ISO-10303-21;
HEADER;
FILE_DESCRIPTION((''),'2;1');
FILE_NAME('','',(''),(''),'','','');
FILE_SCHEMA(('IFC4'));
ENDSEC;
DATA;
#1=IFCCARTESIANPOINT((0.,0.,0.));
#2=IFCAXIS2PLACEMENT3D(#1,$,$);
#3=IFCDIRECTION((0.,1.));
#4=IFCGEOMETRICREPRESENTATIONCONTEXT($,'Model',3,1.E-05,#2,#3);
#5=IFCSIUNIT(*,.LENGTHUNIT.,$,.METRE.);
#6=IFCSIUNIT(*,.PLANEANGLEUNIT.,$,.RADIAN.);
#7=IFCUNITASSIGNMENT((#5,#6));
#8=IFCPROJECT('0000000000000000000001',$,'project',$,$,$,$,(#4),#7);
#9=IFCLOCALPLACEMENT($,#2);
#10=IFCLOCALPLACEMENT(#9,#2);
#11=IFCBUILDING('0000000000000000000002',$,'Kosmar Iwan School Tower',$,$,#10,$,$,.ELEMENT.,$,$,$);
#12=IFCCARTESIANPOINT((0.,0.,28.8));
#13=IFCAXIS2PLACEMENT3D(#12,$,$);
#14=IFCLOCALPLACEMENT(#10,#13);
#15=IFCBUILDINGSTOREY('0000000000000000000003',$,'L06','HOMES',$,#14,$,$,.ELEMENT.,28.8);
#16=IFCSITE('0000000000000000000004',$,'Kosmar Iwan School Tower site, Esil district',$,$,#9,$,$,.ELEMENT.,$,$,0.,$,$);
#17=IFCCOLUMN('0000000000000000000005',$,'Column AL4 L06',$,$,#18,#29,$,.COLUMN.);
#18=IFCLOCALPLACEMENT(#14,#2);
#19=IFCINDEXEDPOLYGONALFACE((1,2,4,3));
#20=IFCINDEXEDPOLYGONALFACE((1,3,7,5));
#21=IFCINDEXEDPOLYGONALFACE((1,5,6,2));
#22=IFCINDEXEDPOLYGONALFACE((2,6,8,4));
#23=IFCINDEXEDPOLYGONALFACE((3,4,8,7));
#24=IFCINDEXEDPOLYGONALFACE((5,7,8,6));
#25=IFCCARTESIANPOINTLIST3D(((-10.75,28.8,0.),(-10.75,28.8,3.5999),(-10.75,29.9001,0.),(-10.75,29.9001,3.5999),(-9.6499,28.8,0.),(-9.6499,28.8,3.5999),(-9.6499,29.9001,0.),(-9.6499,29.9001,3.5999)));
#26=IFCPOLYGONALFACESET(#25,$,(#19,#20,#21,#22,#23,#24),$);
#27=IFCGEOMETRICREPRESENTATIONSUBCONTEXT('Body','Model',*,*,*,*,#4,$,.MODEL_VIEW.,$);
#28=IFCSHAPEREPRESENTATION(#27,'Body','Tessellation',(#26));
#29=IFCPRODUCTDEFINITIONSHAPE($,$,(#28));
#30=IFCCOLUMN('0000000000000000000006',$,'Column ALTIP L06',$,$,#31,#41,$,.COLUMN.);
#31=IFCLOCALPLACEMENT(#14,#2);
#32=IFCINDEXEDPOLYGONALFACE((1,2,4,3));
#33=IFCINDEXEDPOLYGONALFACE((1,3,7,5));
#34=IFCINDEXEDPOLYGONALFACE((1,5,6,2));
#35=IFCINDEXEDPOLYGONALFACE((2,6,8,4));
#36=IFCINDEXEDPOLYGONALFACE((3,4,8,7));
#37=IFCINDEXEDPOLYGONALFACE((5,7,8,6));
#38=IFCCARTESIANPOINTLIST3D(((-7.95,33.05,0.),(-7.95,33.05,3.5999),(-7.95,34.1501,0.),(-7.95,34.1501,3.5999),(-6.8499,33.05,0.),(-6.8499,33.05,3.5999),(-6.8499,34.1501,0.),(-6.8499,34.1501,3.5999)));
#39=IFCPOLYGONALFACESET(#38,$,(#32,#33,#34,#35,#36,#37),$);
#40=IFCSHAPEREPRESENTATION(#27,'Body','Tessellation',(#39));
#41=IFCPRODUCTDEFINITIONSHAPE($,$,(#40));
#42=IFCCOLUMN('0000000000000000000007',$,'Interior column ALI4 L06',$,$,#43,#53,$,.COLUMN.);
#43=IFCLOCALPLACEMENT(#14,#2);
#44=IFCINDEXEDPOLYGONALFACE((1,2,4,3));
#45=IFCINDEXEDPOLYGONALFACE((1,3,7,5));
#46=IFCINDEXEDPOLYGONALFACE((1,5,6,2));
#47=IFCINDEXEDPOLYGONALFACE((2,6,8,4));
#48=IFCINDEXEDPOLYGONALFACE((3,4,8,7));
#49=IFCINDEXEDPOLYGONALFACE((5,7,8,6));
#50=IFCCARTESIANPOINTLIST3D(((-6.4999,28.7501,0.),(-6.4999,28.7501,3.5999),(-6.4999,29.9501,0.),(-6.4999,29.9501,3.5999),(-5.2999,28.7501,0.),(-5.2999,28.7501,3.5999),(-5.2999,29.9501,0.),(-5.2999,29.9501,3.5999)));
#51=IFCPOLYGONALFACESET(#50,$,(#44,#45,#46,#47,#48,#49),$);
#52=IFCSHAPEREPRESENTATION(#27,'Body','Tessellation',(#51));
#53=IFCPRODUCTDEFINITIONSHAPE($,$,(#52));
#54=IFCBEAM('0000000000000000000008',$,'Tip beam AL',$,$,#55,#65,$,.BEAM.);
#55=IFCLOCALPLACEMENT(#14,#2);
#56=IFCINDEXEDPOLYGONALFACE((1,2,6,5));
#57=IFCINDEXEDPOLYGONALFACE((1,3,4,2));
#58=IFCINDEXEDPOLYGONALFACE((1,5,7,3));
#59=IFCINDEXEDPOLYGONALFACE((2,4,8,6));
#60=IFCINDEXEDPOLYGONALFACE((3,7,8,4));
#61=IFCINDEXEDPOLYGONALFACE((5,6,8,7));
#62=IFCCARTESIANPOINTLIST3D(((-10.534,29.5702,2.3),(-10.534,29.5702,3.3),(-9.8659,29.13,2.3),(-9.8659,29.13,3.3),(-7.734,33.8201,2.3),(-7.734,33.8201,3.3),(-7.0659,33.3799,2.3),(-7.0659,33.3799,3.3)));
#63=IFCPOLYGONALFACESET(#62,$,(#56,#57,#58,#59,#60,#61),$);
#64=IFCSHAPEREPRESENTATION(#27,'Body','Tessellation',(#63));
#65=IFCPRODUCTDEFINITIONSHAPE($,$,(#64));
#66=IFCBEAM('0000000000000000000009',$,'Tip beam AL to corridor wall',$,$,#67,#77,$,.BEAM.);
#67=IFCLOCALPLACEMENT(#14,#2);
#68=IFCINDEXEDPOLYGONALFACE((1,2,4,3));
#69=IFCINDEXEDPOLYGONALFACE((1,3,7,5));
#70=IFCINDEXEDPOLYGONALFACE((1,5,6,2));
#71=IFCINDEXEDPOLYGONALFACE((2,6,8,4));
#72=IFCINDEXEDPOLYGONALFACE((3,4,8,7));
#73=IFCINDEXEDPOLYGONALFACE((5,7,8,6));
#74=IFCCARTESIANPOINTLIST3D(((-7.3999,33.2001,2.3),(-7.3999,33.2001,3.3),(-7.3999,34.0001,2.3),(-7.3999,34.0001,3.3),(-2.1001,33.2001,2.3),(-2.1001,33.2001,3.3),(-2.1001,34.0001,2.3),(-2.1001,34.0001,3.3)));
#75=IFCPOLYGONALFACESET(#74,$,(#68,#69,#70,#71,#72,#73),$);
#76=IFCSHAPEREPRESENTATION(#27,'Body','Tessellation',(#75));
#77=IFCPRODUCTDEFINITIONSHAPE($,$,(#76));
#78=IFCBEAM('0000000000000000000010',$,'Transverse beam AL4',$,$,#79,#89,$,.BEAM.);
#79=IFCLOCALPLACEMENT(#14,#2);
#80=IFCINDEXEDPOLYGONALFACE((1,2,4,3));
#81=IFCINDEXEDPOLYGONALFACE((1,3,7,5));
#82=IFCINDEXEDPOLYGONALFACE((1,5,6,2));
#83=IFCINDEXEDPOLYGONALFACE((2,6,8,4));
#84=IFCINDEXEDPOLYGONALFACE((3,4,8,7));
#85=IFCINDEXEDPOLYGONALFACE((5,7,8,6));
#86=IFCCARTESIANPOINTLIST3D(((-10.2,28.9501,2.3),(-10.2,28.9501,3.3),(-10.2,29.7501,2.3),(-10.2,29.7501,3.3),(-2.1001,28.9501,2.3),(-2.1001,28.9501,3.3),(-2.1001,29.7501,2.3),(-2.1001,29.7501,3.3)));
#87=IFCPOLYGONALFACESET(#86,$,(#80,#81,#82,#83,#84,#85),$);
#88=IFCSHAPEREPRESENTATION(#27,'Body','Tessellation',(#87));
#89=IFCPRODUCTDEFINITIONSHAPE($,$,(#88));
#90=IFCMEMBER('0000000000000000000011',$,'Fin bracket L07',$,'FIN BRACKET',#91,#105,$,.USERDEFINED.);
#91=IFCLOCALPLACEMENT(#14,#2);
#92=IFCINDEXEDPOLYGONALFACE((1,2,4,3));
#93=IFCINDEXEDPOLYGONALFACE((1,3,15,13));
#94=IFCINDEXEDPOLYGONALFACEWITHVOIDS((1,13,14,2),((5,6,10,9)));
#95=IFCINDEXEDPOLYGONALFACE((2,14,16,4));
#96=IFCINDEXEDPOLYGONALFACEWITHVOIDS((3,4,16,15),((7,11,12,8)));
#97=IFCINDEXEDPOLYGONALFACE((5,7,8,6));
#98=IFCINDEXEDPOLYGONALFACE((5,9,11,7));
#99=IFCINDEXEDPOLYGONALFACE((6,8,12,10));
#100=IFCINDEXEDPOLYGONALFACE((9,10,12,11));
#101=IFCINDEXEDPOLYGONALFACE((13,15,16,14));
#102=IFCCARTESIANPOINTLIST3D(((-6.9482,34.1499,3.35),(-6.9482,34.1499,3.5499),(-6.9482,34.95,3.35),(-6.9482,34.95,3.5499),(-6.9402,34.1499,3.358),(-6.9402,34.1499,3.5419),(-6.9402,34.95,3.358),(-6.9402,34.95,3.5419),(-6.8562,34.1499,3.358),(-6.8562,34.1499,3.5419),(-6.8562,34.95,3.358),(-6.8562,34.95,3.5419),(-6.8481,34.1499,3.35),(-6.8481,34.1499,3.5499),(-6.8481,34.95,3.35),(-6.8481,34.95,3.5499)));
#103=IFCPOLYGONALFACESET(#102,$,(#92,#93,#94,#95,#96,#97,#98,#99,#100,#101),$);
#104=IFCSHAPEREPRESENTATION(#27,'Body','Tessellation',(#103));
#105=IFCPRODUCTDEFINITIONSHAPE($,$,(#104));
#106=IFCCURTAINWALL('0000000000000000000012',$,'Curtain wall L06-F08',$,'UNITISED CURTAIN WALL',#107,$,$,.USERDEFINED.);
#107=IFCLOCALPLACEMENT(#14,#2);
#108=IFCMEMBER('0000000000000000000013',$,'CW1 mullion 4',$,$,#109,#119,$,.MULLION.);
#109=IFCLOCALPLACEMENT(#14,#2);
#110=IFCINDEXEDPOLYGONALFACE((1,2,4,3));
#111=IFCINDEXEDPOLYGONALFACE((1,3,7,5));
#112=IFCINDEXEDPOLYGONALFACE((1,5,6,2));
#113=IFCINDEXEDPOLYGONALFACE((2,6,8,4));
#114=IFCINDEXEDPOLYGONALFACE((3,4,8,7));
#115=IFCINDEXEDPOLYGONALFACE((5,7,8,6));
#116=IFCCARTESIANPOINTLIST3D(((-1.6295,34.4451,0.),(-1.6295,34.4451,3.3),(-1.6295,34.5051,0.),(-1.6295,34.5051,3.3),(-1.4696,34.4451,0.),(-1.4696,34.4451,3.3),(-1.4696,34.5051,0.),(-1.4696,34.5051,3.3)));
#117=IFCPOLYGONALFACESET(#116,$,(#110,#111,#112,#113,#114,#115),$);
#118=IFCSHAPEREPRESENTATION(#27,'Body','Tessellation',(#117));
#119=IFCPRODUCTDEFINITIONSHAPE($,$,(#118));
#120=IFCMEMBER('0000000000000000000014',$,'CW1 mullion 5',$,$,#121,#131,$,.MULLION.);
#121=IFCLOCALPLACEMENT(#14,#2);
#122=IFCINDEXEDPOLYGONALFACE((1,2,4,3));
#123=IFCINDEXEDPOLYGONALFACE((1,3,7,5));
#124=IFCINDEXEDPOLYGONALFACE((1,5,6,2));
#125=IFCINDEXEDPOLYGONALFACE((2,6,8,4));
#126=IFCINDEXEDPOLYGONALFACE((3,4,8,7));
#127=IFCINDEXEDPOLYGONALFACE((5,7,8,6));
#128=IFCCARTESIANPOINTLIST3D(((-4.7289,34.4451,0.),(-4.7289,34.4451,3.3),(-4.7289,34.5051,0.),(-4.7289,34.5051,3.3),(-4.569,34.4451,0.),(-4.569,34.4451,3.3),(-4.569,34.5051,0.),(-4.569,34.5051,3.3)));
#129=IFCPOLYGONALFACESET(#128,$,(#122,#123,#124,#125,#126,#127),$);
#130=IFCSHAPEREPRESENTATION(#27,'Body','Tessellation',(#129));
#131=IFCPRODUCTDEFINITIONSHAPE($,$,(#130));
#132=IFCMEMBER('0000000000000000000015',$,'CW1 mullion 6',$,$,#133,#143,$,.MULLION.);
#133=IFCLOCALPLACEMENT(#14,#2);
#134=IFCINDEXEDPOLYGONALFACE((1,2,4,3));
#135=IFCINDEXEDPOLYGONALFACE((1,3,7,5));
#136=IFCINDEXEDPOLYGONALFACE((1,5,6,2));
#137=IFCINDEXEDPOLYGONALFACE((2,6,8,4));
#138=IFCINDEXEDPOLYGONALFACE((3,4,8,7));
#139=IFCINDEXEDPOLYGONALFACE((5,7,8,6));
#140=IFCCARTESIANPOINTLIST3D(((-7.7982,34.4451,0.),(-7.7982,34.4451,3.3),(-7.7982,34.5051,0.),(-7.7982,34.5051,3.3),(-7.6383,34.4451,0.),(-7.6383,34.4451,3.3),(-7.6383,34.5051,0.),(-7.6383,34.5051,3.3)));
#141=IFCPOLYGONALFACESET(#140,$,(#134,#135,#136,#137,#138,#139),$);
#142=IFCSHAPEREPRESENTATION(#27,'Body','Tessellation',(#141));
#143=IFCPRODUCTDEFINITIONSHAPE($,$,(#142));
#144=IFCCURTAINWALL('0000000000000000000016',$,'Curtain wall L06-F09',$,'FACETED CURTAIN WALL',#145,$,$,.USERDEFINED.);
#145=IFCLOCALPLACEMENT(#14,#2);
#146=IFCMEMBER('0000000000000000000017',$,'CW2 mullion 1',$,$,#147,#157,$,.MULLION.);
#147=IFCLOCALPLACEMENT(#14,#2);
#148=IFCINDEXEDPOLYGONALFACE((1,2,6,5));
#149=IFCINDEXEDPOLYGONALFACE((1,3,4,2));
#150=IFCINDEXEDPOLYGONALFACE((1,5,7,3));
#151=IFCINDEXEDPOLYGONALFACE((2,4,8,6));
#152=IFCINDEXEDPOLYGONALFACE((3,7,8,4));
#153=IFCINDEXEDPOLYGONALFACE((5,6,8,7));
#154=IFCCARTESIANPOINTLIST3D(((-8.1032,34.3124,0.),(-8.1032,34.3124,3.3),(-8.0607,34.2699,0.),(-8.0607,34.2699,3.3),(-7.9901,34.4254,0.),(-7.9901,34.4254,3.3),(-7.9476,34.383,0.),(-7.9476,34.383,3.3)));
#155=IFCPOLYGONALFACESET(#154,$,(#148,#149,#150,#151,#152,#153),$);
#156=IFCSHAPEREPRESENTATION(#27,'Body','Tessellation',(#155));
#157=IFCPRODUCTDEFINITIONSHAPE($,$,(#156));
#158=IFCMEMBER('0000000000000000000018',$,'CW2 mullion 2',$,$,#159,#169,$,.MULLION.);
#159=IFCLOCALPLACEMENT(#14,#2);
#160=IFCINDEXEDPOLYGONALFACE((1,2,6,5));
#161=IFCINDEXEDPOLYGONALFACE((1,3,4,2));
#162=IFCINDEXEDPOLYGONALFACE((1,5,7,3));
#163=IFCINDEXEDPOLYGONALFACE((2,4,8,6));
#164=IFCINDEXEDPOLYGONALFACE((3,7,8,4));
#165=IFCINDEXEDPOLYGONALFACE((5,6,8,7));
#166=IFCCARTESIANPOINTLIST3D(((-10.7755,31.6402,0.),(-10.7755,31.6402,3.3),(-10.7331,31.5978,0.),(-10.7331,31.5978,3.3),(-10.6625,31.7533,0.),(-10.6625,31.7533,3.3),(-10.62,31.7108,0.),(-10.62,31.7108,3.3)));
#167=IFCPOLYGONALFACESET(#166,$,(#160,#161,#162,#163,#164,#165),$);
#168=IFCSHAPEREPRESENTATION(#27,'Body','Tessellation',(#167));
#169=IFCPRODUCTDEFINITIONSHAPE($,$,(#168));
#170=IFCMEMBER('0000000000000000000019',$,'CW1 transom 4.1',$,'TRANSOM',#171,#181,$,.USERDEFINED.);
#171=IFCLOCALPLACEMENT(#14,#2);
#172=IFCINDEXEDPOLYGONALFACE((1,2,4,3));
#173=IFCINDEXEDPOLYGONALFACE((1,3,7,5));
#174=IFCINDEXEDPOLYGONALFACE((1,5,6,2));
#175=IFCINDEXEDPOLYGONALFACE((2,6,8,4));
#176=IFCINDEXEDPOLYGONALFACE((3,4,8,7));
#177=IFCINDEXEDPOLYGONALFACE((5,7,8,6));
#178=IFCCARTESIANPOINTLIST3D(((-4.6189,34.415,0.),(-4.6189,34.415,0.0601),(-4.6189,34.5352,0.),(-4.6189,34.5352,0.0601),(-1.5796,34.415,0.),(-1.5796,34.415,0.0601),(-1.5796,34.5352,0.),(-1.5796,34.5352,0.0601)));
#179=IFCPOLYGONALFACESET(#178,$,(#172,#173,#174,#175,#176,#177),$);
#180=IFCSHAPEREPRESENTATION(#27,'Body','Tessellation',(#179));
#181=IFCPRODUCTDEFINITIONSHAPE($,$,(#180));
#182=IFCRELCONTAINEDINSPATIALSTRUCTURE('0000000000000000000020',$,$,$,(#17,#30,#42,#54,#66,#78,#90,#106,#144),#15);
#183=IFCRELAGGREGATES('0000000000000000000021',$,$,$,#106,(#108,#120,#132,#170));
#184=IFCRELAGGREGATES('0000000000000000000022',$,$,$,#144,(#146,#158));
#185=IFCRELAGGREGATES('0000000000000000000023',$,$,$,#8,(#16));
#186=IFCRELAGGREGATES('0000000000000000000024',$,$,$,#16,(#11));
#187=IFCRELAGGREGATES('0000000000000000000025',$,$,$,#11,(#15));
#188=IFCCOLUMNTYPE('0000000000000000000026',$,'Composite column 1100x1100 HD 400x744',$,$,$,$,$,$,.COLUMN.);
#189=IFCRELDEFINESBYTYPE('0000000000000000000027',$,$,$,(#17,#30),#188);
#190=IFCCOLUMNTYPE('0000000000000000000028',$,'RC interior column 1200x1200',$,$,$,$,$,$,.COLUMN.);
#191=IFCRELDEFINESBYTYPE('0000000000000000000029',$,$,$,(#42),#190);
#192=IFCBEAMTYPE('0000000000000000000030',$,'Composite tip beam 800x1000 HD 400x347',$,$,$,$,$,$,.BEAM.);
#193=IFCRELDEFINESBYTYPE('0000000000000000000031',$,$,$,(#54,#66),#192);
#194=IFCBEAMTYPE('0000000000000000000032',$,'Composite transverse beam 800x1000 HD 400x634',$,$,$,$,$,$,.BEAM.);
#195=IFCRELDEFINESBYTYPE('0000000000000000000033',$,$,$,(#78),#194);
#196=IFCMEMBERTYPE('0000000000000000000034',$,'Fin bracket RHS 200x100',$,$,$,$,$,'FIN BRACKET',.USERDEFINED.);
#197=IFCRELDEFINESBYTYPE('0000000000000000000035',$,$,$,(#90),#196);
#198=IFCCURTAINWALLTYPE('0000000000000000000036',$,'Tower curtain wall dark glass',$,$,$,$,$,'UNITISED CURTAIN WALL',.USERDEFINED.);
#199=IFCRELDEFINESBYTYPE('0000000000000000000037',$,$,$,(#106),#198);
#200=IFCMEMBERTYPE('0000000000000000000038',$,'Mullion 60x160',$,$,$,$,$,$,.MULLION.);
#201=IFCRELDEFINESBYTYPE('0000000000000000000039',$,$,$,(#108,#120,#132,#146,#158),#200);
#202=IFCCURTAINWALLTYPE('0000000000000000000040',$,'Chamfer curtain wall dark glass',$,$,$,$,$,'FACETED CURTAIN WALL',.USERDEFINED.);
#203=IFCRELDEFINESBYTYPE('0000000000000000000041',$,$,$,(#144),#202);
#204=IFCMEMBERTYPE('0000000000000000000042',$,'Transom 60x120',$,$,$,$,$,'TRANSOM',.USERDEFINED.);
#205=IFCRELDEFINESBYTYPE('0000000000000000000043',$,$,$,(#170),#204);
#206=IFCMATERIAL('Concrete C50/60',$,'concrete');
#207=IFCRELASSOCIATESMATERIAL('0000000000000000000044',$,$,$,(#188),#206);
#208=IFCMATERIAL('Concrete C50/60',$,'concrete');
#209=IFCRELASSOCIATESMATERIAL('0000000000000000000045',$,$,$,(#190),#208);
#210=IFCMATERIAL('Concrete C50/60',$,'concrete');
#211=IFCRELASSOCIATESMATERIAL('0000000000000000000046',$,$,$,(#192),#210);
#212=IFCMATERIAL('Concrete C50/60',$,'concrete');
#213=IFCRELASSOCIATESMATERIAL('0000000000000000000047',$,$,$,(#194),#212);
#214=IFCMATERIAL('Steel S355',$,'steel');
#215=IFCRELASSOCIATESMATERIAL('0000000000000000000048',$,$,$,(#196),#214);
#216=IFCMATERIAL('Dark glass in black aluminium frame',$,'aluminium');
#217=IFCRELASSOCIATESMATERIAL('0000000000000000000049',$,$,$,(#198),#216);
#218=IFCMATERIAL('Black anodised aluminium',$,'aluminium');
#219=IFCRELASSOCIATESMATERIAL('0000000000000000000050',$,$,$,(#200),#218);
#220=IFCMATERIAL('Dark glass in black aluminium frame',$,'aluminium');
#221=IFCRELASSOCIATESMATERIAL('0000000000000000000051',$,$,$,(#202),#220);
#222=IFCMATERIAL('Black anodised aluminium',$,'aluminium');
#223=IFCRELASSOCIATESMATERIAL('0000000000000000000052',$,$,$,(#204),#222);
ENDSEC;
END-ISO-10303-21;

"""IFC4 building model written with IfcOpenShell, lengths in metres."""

from ifc_helpers import new_model, si_unit, direction, frame, origin, origin_2d, place, context, subcontext, project, spatial, rectangle, hollow_rectangle, extrude, material, material_profile, profile_set, type_object, element, aggregate, save


model = new_model("IFC4")

# Units and contexts
model_context = context("Model", 3, precision=1e-05, world=origin(), true_north=direction((0.0, 1.0)))
body_context = subcontext(model_context, "Body", "Model", "MODEL_VIEW")
ifc_project = project(units=[si_unit("LENGTHUNIT", "METRE"), si_unit("PLANEANGLEUNIT", "RADIAN")], contexts=[model_context])

# Site, building, storey
site_placement = place(None, origin())
site = spatial("IfcSite", under=ifc_project, at=site_placement, Name="Kosmar Iwan School Tower site, Esil district", CompositionType="ELEMENT", RefElevation=0.0)
building_placement = place(site_placement, origin())
building = spatial("IfcBuilding", under=site, at=building_placement, Name="Kosmar Iwan School Tower", CompositionType="ELEMENT")
storey_placement = place(building_placement, frame((0.0, 0.0, 28.8)))
storey = spatial("IfcBuildingStorey", under=building, at=storey_placement, Name="L06", Description="HOMES", CompositionType="ELEMENT", Elevation=28.8)

# Columns
ifc_material_1 = material(Name="Concrete C50/60", Category="concrete")
ifc_material_profile_1 = material_profile(ifc_material_1, rectangle(XDim=1.1001, YDim=1.1001, at=origin_2d()), Name="RC 1100x1100 + HD 400x744")
ifc_profile_set_1 = profile_set([ifc_material_profile_1], Name="Concrete C50/60")
column_type_1 = type_object("IfcColumnType", Name="Composite column 1100x1100 HD 400x744", PredefinedType="COLUMN", material=ifc_profile_set_1)
for number, where, z_axis, x_axis, name in (
    (1, (-10.2, 29.3501, 0.0), (0.0, 0.0, 1.0), (0.0, 1.0, 0.0), "Column AL4 L06"),
    (2, (-7.3999, 33.6001, 0.0), (0.0, 0.0, 1.0), (0.0, 1.0, 0.0), "Column ALTIP L06"),
):
    element("IfcColumn", number, at=place(storey_placement, frame(where, z_axis=z_axis, x_axis=x_axis)), inside=storey, type_object=column_type_1, Name=name, PredefinedType="COLUMN", context=body_context, shape_type="SweptSolid", body=[
        extrude(rectangle(XDim=1.1001, YDim=1.1001, at=origin_2d()), origin(), (0.0, 0.0, 1.0), 3.5999),
    ])
ifc_material_2 = material(Name="Concrete C50/60", Category="concrete")
ifc_material_profile_2 = material_profile(ifc_material_2, rectangle(XDim=1.2, YDim=1.2, at=origin_2d()), Name="RC 1200x1200")
ifc_profile_set_2 = profile_set([ifc_material_profile_2], Name="Concrete C50/60")
column_type_2 = type_object("IfcColumnType", Name="RC interior column 1200x1200", PredefinedType="COLUMN", material=ifc_profile_set_2)
column_placement = place(storey_placement, frame((-5.8999, 29.3501, 0.0), z_axis=(0.0, 0.0, 1.0), x_axis=(0.0, 1.0, 0.0)))
element("IfcColumn", 3, at=column_placement, inside=storey, type_object=column_type_2, Name="Interior column ALI4 L06", PredefinedType="COLUMN", context=body_context, shape_type="SweptSolid", body=[
    extrude(rectangle(XDim=1.2, YDim=1.2, at=origin_2d()), origin(), (0.0, 0.0, 1.0), 3.5999),
])

# Beams
ifc_material_3 = material(Name="Concrete C50/60", Category="concrete")
ifc_material_profile_3 = material_profile(ifc_material_3, rectangle(XDim=0.8, YDim=1.0, at=origin_2d()), Name="RC 800x1000 + HD 400x347")
ifc_profile_set_3 = profile_set([ifc_material_profile_3], Name="Concrete C50/60")
beam_type_1 = type_object("IfcBeamType", Name="Composite tip beam 800x1000 HD 400x347", PredefinedType="BEAM", material=ifc_profile_set_3)
beam_1_placement = place(storey_placement, frame((-10.2, 29.3501, 2.8), z_axis=(0.550164, 0.835056, 0.0), x_axis=(-0.835056, 0.550164, 0.0)))
element("IfcBeam", 4, at=beam_1_placement, inside=storey, type_object=beam_type_1, Name="Tip beam AL", PredefinedType="BEAM", context=body_context, shape_type="SweptSolid", body=[
    extrude(rectangle(XDim=0.8, YDim=1.0, at=origin_2d()), origin(), (0.0, 0.0, 1.0), 5.0894),
])
beam_2_placement = place(storey_placement, frame((-7.3999, 33.6001, 2.8), z_axis=(1.0, 0.0, 0.0), x_axis=(0.0, 1.0, 0.0)))
element("IfcBeam", 5, at=beam_2_placement, inside=storey, type_object=beam_type_1, Name="Tip beam AL to corridor wall", PredefinedType="BEAM", context=body_context, shape_type="SweptSolid", body=[
    extrude(rectangle(XDim=0.8, YDim=1.0, at=origin_2d()), origin(), (0.0, 0.0, 1.0), 5.2998),
])
ifc_material_4 = material(Name="Concrete C50/60", Category="concrete")
ifc_material_profile_4 = material_profile(ifc_material_4, rectangle(XDim=0.8, YDim=1.0, at=origin_2d()), Name="RC 800x1000 + HD 400x634")
ifc_profile_set_4 = profile_set([ifc_material_profile_4], Name="Concrete C50/60")
beam_type_2 = type_object("IfcBeamType", Name="Composite transverse beam 800x1000 HD 400x634", PredefinedType="BEAM", material=ifc_profile_set_4)
beam_3_placement = place(storey_placement, frame((-10.2, 29.3501, 2.8), z_axis=(1.0, 0.0, 0.0), x_axis=(0.0, 1.0, 0.0)))
element("IfcBeam", 6, at=beam_3_placement, inside=storey, type_object=beam_type_2, Name="Transverse beam AL4", PredefinedType="BEAM", context=body_context, shape_type="SweptSolid", body=[
    extrude(rectangle(XDim=0.8, YDim=1.0, at=origin_2d()), origin(), (0.0, 0.0, 1.0), 8.0999),
])

# Member
ifc_material_5 = material(Name="Steel S355", Category="steel")
ifc_material_profile_5 = material_profile(ifc_material_5, hollow_rectangle(XDim=0.1001, YDim=0.2, WallThickness=0.0081, at=origin_2d()), Name="RHS 200x100x8")
ifc_profile_set_5 = profile_set([ifc_material_profile_5], Name="Steel S355")
member_type_1 = type_object("IfcMemberType", Name="Fin bracket RHS 200x100", ElementType="FIN BRACKET", PredefinedType="USERDEFINED", material=ifc_profile_set_5)
member_1_placement = place(storey_placement, frame((-6.8982, 34.1499, 3.45), z_axis=(0.0, 1.0, 0.0), x_axis=(-1.0, 0.0, 0.0)))
element("IfcMember", 7, at=member_1_placement, inside=storey, type_object=member_type_1, Name="Fin bracket L07", ObjectType="FIN BRACKET", PredefinedType="USERDEFINED", context=body_context, shape_type="SweptSolid", body=[
    extrude(hollow_rectangle(XDim=0.1001, YDim=0.2, WallThickness=0.0081, at=origin_2d()), origin(), (0.0, 0.0, 1.0), 0.8),
])

# Curtain walls, members
ifc_material_6 = material(Name="Dark glass in black aluminium frame", Category="aluminium")
curtain_wall_type_1 = type_object("IfcCurtainWallType", Name="Tower curtain wall dark glass", ElementType="UNITISED CURTAIN WALL", PredefinedType="USERDEFINED", material=ifc_material_6)
curtain_wall_1_placement = place(storey_placement, origin())
curtain_wall_1 = element("IfcCurtainWall", 8, at=curtain_wall_1_placement, inside=storey, type_object=curtain_wall_type_1, Name="Curtain wall L06-F08", ObjectType="UNITISED CURTAIN WALL", PredefinedType="USERDEFINED")
ifc_material_7 = material(Name="Black anodised aluminium", Category="aluminium")
ifc_material_profile_6 = material_profile(ifc_material_7, rectangle(XDim=0.0601, YDim=0.1599, at=origin_2d()), Name="MULLION 60x160")
ifc_profile_set_6 = profile_set([ifc_material_profile_6], Name="Black anodised aluminium")
member_type_2 = type_object("IfcMemberType", Name="Mullion 60x160", PredefinedType="MULLION", material=ifc_profile_set_6)
member_2_placement = place(storey_placement, frame((-1.5496, 34.4751, 0.0), z_axis=(0.0, 0.0, 1.0), x_axis=(0.0, -1.0, 0.0)))
member_2 = element("IfcMember", 9, at=member_2_placement, type_object=member_type_2, Name="CW1 mullion 4", PredefinedType="MULLION", context=body_context, shape_type="SweptSolid", body=[
    extrude(rectangle(XDim=0.0601, YDim=0.1599, at=origin_2d()), origin(), (0.0, 0.0, 1.0), 3.3),
])
member_3_placement = place(storey_placement, frame((-4.6489, 34.4751, 0.0), z_axis=(0.0, 0.0, 1.0), x_axis=(0.0, -1.0, 0.0)))
member_3 = element("IfcMember", 10, at=member_3_placement, type_object=member_type_2, Name="CW1 mullion 5", PredefinedType="MULLION", context=body_context, shape_type="SweptSolid", body=[
    extrude(rectangle(XDim=0.0601, YDim=0.1599, at=origin_2d()), origin(), (0.0, 0.0, 1.0), 3.3),
])
member_4_placement = place(storey_placement, frame((-7.7183, 34.4751, 0.0), z_axis=(0.0, 0.0, 1.0), x_axis=(0.0, -1.0, 0.0)))
member_4 = element("IfcMember", 11, at=member_4_placement, type_object=member_type_2, Name="CW1 mullion 6", PredefinedType="MULLION", context=body_context, shape_type="SweptSolid", body=[
    extrude(rectangle(XDim=0.0601, YDim=0.1599, at=origin_2d()), origin(), (0.0, 0.0, 1.0), 3.3),
])
ifc_material_8 = material(Name="Dark glass in black aluminium frame", Category="aluminium")
curtain_wall_type_2 = type_object("IfcCurtainWallType", Name="Chamfer curtain wall dark glass", ElementType="FACETED CURTAIN WALL", PredefinedType="USERDEFINED", material=ifc_material_8)
curtain_wall_2_placement = place(storey_placement, origin())
curtain_wall_2 = element("IfcCurtainWall", 12, at=curtain_wall_2_placement, inside=storey, type_object=curtain_wall_type_2, Name="Curtain wall L06-F09", ObjectType="FACETED CURTAIN WALL", PredefinedType="USERDEFINED")
member_5_placement = place(storey_placement, frame((-8.0254, 34.3477, 0.0), z_axis=(0.0, 0.0, 1.0), x_axis=(0.707107, -0.707107, 0.0)))
member_5 = element("IfcMember", 13, at=member_5_placement, type_object=member_type_2, Name="CW2 mullion 1", PredefinedType="MULLION", context=body_context, shape_type="SweptSolid", body=[
    extrude(rectangle(XDim=0.0601, YDim=0.1599, at=origin_2d()), origin(), (0.0, 0.0, 1.0), 3.3),
])
member_6_placement = place(storey_placement, frame((-10.6978, 31.6755, 0.0), z_axis=(0.0, 0.0, 1.0), x_axis=(0.707107, -0.707107, 0.0)))
member_6 = element("IfcMember", 14, at=member_6_placement, type_object=member_type_2, Name="CW2 mullion 2", PredefinedType="MULLION", context=body_context, shape_type="SweptSolid", body=[
    extrude(rectangle(XDim=0.0601, YDim=0.1599, at=origin_2d()), origin(), (0.0, 0.0, 1.0), 3.3),
])

# Member
ifc_material_9 = material(Name="Black anodised aluminium", Category="aluminium")
ifc_material_profile_7 = material_profile(ifc_material_9, rectangle(XDim=0.1201, YDim=0.0601, at=origin_2d()), Name="TRANSOM 60x120")
ifc_profile_set_7 = profile_set([ifc_material_profile_7], Name="Black anodised aluminium")
member_type_3 = type_object("IfcMemberType", Name="Transom 60x120", ElementType="TRANSOM", PredefinedType="USERDEFINED", material=ifc_profile_set_7)
member_7_placement = place(storey_placement, frame((-1.5796, 34.4751, 0.03), z_axis=(-1.0, 0.0, 0.0), x_axis=(0.0, -1.0, 0.0)))
member_7 = element("IfcMember", 15, at=member_7_placement, type_object=member_type_3, Name="CW1 transom 4.1", ObjectType="TRANSOM", PredefinedType="USERDEFINED", context=body_context, shape_type="SweptSolid", body=[
    extrude(rectangle(XDim=0.1201, YDim=0.0601, at=origin_2d()), origin(), (0.0, 0.0, 1.0), 3.0393),
])

aggregate(curtain_wall_1, [member_2, member_3, member_4, member_7])
aggregate(curtain_wall_2, [member_5, member_6])

save(model, "model.ifc")
